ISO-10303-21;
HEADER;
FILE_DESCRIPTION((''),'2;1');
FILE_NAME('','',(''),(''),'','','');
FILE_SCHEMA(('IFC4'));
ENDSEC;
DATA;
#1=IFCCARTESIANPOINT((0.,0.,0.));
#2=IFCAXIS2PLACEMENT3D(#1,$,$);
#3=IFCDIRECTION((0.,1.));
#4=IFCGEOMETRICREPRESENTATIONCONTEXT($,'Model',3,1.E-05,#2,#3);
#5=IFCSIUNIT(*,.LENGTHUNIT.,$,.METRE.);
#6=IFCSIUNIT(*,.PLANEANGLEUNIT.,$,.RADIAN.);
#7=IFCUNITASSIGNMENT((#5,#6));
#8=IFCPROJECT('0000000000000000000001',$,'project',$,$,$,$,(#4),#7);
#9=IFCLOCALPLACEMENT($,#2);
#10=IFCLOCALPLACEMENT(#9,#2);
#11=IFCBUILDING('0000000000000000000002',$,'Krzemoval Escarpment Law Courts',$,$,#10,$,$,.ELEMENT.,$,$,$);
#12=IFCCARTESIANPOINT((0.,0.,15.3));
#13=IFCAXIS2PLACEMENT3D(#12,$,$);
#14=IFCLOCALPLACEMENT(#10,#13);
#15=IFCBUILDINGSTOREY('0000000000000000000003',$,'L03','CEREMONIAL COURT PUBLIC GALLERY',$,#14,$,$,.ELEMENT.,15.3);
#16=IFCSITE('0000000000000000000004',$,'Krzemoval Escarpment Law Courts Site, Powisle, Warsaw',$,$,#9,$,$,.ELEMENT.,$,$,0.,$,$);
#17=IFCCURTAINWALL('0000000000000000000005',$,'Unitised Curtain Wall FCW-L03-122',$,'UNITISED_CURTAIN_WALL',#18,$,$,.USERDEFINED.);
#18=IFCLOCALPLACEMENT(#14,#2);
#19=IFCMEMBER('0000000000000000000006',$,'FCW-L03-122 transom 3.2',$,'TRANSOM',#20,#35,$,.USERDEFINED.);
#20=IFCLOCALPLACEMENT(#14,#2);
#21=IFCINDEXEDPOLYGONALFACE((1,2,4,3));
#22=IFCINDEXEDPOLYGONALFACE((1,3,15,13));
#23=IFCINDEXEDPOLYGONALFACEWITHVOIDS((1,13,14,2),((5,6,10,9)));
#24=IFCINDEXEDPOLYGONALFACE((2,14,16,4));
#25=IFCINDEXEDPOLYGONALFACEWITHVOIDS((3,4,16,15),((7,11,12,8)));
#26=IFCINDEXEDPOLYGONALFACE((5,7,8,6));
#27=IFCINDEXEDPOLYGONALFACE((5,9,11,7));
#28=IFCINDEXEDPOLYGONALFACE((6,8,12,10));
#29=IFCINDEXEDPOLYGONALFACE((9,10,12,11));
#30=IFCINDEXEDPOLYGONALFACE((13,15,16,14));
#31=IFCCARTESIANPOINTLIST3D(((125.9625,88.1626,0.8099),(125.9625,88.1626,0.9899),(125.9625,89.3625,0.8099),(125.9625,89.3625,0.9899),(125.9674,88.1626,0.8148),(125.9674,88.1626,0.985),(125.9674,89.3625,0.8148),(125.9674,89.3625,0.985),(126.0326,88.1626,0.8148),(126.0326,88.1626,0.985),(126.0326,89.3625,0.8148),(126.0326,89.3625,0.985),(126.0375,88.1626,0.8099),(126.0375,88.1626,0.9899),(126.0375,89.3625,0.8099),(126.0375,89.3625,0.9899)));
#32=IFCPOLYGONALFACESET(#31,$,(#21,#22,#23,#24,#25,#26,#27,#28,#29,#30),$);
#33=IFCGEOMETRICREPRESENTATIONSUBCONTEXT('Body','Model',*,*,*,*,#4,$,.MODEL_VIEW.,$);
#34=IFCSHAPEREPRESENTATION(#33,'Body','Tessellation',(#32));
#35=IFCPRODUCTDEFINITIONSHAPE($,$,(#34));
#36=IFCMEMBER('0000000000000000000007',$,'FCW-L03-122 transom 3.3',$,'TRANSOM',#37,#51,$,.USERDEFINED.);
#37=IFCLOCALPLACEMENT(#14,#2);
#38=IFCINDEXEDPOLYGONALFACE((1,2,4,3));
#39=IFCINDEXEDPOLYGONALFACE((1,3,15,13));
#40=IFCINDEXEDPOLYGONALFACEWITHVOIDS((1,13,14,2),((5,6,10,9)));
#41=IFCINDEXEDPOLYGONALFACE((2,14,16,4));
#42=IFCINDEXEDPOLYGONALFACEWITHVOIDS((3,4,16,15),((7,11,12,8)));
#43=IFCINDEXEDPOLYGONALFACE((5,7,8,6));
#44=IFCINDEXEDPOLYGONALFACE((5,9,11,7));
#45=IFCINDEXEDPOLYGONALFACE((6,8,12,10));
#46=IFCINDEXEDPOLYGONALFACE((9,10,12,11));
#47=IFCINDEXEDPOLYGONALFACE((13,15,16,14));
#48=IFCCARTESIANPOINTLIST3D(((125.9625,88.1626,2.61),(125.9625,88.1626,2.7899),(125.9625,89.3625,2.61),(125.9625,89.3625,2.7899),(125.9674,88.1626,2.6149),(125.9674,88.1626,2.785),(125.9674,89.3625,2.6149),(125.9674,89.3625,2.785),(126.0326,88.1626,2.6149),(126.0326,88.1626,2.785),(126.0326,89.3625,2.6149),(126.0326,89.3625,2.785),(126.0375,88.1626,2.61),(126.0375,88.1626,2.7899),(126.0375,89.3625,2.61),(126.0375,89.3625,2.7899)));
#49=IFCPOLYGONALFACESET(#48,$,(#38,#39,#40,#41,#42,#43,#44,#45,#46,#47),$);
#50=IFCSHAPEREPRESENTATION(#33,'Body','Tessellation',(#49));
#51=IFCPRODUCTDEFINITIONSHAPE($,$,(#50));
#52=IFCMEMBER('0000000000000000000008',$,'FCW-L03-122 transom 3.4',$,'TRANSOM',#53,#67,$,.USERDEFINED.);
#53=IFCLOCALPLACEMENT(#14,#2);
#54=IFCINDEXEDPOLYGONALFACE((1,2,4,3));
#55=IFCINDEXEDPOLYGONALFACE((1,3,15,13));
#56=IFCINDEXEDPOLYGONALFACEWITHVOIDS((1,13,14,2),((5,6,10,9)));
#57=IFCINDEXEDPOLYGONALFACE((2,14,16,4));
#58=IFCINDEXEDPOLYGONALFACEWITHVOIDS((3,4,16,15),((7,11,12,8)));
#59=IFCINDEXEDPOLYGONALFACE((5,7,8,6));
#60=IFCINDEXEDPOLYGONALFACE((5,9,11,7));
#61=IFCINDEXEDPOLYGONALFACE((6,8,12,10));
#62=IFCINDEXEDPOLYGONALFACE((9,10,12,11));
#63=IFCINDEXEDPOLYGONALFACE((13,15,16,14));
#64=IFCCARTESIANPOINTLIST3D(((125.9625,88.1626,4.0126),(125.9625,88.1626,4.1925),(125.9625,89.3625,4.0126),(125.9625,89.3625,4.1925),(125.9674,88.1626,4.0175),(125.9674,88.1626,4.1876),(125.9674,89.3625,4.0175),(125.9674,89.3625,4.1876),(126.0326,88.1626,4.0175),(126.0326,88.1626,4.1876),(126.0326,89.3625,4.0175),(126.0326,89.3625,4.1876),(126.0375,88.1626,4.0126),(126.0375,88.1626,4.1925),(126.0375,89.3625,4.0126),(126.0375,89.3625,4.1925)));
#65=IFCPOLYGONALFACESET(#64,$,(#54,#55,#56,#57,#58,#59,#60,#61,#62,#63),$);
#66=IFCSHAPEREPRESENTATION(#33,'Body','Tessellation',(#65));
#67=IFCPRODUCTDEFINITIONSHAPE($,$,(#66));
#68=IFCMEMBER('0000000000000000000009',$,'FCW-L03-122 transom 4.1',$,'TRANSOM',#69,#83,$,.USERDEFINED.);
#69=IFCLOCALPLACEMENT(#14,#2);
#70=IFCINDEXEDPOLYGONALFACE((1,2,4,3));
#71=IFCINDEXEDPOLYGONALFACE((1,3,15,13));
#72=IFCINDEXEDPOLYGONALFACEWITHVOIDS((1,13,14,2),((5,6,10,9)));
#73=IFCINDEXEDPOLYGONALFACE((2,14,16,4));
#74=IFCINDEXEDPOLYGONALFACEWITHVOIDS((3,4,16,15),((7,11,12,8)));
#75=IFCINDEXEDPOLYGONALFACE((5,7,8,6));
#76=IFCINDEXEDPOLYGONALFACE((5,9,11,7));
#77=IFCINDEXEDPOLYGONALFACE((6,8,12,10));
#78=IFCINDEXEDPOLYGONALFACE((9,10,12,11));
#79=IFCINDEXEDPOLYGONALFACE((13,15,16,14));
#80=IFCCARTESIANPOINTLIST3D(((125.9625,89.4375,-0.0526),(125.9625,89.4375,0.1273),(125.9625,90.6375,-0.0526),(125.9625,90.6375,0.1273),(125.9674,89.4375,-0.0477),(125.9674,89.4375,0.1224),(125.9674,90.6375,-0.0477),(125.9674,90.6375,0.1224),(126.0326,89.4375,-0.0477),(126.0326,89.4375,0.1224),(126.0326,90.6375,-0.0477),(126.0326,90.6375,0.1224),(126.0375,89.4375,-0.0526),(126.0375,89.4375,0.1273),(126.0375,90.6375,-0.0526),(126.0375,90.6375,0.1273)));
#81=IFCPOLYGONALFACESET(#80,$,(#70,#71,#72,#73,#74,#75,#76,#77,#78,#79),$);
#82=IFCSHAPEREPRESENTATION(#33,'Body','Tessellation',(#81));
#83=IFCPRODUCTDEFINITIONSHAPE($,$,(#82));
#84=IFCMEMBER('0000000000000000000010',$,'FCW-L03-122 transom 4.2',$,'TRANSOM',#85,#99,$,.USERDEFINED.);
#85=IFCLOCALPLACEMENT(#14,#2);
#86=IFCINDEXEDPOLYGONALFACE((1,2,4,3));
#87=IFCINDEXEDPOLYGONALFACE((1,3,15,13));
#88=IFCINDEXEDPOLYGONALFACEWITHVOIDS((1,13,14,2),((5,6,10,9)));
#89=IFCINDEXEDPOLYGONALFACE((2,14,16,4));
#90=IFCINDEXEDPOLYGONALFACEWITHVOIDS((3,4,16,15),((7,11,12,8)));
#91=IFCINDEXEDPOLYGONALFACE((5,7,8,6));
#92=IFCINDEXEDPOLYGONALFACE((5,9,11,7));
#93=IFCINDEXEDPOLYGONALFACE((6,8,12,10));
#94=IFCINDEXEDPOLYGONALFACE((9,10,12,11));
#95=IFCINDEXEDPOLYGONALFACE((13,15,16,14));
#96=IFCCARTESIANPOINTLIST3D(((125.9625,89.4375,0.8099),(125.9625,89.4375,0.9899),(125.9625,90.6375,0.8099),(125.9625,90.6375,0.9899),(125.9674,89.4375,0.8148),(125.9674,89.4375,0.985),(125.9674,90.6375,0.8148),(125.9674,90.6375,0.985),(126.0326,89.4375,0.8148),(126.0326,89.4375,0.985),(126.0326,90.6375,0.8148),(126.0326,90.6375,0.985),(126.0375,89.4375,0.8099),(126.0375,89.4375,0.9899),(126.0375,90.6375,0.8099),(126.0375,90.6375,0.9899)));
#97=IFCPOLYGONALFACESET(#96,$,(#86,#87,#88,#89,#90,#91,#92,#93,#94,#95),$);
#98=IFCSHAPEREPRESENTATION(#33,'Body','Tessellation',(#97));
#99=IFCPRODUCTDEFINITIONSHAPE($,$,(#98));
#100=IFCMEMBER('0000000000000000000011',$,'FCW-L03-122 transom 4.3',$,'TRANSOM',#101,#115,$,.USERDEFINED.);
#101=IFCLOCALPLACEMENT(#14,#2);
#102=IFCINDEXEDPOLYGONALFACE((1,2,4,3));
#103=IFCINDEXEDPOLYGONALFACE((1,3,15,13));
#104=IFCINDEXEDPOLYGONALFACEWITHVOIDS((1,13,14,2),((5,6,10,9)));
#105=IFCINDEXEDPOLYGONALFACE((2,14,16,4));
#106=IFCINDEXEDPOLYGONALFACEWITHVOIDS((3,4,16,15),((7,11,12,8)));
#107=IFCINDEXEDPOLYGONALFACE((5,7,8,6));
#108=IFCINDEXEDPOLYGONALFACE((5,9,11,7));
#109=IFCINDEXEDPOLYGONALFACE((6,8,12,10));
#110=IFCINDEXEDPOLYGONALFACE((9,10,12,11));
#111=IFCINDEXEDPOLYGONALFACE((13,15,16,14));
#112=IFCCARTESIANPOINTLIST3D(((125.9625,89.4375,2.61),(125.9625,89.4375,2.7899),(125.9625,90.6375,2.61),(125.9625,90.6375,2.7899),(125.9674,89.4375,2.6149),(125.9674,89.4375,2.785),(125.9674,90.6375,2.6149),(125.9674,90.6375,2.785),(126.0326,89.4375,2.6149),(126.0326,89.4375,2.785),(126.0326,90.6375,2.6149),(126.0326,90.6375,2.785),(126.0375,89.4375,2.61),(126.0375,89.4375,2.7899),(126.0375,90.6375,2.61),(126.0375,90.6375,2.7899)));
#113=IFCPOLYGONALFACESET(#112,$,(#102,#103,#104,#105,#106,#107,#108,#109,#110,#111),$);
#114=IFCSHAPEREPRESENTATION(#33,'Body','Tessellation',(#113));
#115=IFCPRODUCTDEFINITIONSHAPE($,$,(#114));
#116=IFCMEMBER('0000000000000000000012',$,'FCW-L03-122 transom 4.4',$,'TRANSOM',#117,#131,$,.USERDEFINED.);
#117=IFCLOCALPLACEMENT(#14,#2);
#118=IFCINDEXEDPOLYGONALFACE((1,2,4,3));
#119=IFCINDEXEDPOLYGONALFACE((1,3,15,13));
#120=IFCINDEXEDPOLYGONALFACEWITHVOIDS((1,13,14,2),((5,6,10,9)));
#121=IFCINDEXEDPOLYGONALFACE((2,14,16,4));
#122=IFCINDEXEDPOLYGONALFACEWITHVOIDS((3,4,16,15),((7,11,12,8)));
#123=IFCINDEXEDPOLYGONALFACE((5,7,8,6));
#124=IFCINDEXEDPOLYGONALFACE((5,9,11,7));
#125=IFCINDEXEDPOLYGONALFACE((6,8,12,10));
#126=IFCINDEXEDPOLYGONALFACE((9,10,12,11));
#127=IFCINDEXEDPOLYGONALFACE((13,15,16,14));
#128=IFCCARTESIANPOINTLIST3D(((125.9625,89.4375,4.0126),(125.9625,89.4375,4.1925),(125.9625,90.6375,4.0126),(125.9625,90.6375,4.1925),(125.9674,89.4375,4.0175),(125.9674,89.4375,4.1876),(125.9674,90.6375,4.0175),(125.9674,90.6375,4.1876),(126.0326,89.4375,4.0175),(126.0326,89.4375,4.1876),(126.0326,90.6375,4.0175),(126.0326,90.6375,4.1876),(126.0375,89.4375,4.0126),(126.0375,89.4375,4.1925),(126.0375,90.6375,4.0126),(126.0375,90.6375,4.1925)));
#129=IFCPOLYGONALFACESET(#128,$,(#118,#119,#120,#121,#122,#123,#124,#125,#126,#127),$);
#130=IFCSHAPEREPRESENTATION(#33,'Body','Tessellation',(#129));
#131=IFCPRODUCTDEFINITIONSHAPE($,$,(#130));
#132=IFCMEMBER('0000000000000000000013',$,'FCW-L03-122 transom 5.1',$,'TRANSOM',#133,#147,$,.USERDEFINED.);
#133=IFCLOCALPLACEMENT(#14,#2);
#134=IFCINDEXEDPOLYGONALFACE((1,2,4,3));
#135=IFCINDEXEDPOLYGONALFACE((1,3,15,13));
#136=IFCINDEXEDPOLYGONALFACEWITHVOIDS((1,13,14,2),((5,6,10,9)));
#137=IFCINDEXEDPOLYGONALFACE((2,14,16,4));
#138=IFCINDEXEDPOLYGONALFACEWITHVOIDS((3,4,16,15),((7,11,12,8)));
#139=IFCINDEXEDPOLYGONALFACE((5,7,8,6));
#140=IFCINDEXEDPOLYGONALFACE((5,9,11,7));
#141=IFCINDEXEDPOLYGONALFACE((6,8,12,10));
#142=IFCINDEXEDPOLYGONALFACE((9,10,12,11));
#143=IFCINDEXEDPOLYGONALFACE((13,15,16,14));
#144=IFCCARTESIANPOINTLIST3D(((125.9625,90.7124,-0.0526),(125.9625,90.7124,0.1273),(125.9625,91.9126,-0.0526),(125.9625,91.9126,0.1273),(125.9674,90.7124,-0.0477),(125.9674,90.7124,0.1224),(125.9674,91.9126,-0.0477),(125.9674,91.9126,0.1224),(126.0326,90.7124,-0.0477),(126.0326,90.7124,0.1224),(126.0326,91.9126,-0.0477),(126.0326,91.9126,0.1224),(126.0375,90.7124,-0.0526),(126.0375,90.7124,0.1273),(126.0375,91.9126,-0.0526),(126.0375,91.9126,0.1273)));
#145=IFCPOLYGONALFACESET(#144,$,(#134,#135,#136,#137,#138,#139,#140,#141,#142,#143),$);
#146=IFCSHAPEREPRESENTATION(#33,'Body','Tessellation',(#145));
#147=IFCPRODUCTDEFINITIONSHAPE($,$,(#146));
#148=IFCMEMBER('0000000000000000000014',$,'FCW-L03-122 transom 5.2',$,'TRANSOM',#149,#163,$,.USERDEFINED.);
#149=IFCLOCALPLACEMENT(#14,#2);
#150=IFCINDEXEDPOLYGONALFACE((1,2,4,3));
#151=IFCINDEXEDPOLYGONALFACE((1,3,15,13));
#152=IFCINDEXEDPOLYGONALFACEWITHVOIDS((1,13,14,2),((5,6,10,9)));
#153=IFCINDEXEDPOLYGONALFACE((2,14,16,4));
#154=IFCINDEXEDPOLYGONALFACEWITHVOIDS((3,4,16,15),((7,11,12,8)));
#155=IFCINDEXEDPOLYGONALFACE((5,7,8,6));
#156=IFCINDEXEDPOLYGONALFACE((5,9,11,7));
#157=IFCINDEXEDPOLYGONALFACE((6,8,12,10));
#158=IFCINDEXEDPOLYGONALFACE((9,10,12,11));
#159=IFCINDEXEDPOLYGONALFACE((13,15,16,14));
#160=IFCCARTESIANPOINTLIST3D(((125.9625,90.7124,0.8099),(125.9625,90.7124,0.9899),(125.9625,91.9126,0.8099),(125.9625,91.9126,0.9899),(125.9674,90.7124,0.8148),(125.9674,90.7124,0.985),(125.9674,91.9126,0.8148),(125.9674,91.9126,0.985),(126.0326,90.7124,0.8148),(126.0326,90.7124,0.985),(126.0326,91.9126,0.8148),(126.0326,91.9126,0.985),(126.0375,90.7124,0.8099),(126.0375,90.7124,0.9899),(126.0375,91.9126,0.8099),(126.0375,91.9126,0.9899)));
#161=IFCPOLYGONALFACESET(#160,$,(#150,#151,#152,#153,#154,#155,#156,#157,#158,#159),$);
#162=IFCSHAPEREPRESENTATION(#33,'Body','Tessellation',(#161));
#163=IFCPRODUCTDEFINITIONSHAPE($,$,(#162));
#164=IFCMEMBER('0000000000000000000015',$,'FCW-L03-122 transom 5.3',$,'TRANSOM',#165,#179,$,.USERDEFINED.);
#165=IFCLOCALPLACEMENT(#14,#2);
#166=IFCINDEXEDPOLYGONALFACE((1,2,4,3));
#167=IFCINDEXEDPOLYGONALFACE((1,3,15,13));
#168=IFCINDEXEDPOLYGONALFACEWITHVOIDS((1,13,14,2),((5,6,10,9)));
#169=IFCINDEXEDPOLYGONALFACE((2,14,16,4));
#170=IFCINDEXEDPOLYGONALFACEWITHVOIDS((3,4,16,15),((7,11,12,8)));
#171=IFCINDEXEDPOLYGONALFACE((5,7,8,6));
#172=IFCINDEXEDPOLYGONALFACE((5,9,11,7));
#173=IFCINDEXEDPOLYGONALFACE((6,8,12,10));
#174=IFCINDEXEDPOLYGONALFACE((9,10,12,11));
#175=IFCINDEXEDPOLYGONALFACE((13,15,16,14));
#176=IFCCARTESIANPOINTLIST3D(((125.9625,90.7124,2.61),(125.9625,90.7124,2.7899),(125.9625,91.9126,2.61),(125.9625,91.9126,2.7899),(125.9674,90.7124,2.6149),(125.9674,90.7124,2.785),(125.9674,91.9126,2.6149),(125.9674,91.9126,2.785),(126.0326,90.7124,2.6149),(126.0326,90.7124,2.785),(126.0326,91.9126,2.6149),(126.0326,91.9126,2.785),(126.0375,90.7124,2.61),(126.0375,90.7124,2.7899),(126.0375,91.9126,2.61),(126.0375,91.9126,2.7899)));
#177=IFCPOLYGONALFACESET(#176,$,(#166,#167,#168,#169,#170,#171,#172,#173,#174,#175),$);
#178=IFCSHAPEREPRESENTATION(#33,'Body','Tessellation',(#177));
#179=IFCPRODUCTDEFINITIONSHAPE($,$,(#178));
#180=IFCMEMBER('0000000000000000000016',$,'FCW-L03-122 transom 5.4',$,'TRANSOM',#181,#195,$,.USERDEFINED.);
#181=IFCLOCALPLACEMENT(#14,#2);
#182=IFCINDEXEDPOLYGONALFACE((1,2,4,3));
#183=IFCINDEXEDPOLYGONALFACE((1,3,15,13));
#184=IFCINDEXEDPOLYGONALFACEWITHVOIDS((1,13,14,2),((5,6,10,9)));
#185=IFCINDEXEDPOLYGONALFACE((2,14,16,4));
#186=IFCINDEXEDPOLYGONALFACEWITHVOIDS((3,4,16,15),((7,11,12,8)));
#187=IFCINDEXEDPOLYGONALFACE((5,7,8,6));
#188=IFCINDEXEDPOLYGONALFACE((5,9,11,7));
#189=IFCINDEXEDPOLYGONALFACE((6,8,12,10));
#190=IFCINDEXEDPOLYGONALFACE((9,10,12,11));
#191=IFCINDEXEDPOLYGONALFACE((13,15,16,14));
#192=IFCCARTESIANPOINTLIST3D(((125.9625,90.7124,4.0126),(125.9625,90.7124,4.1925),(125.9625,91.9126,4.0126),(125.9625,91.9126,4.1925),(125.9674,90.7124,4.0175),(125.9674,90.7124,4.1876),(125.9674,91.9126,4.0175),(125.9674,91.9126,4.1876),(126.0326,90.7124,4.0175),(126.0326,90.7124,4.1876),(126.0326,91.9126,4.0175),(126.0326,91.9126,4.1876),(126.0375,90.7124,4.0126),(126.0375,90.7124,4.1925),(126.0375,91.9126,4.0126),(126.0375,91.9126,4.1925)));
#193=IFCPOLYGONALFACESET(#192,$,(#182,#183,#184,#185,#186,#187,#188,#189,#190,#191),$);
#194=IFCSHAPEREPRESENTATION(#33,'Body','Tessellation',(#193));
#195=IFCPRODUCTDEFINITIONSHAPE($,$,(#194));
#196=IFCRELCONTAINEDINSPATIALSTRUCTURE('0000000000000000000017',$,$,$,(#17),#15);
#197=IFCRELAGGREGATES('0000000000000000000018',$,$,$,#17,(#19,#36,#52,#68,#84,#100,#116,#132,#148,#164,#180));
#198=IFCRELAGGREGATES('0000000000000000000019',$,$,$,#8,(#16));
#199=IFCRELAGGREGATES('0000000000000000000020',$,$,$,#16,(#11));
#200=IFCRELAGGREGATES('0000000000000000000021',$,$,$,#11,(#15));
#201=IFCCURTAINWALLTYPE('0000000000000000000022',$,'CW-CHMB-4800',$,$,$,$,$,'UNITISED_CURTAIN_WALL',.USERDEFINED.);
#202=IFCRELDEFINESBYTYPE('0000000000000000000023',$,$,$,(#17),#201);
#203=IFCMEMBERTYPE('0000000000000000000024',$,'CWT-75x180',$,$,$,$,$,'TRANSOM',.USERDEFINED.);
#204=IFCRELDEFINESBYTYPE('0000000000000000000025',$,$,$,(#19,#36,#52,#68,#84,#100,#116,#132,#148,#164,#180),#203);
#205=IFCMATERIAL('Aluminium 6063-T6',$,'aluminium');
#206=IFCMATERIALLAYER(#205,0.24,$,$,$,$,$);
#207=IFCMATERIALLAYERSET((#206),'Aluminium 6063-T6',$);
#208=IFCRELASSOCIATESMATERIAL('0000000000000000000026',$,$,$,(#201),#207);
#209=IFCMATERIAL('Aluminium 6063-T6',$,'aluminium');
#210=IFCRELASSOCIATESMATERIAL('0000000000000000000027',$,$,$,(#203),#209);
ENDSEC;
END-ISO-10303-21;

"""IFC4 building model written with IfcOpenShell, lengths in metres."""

from ifc_helpers import new_model, si_unit, direction, frame, origin, origin_2d, place, context, subcontext, project, spatial, hollow_rectangle, extrude, material, layer, layer_set, material_profile, profile_set, type_object, element, aggregate, save


model = new_model("IFC4")

# Units and contexts
model_context = context("Model", 3, precision=1e-05, world=origin(), true_north=direction((0.0, 1.0)))
body_context = subcontext(model_context, "Body", "Model", "MODEL_VIEW")
ifc_project = project(units=[si_unit("LENGTHUNIT", "METRE"), si_unit("PLANEANGLEUNIT", "RADIAN")], contexts=[model_context])

# Site, building, storey
site_placement = place(None, origin())
site = spatial("IfcSite", under=ifc_project, at=site_placement, Name="Krzemoval Escarpment Law Courts Site, Powisle, Warsaw", CompositionType="ELEMENT", RefElevation=0.0)
building_placement = place(site_placement, origin())
building = spatial("IfcBuilding", under=site, at=building_placement, Name="Krzemoval Escarpment Law Courts", CompositionType="ELEMENT")
storey_placement = place(building_placement, frame((0.0, 0.0, 15.3)))
storey = spatial("IfcBuildingStorey", under=building, at=storey_placement, Name="L03", Description="CEREMONIAL COURT PUBLIC GALLERY", CompositionType="ELEMENT", Elevation=15.3)

# Curtain wall, members
ifc_material_1 = material(Name="Aluminium 6063-T6", Category="aluminium")
ifc_layer_1 = layer(ifc_material_1, 0.24)
ifc_layer_set_1 = layer_set([ifc_layer_1], Name="Aluminium 6063-T6")
curtain_wall_type = type_object("IfcCurtainWallType", Name="CW-CHMB-4800", ElementType="UNITISED_CURTAIN_WALL", PredefinedType="USERDEFINED", material=ifc_layer_set_1)
curtain_wall_placement = place(storey_placement, origin())
curtain_wall = element("IfcCurtainWall", 1, at=curtain_wall_placement, inside=storey, type_object=curtain_wall_type, Name="Unitised Curtain Wall FCW-L03-122", ObjectType="UNITISED_CURTAIN_WALL", PredefinedType="USERDEFINED")
ifc_material_2 = material(Name="Aluminium 6063-T6", Category="aluminium")
ifc_material_profile_1 = material_profile(ifc_material_2, hollow_rectangle(XDim=0.075, YDim=0.1799, WallThickness=0.0049, at=origin_2d()), Name="ALU T75x180")
ifc_profile_set_1 = profile_set([ifc_material_profile_1], Name="Aluminium 6063-T6")
member_type_1 = type_object("IfcMemberType", Name="CWT-75x180", ElementType="TRANSOM", PredefinedType="USERDEFINED", material=ifc_profile_set_1)
member_1_placement = place(storey_placement, frame((126.0, 88.1626, 0.8999), z_axis=(0.0, 1.0, 0.0), x_axis=(-1.0, 0.0, 0.0)))
member_1 = element("IfcMember", 2, at=member_1_placement, type_object=member_type_1, Name="FCW-L03-122 transom 3.2", ObjectType="TRANSOM", PredefinedType="USERDEFINED", context=body_context, shape_type="SweptSolid", body=[
    extrude(hollow_rectangle(XDim=0.075, YDim=0.1799, WallThickness=0.0049, at=origin_2d()), origin(), (0.0, 0.0, 1.0), 1.2),
])
member_2_placement = place(storey_placement, frame((126.0, 88.1626, 2.7), z_axis=(0.0, 1.0, 0.0), x_axis=(-1.0, 0.0, 0.0)))
member_2 = element("IfcMember", 3, at=member_2_placement, type_object=member_type_1, Name="FCW-L03-122 transom 3.3", ObjectType="TRANSOM", PredefinedType="USERDEFINED", context=body_context, shape_type="SweptSolid", body=[
    extrude(hollow_rectangle(XDim=0.075, YDim=0.1799, WallThickness=0.0049, at=origin_2d()), origin(), (0.0, 0.0, 1.0), 1.2),
])
member_3_placement = place(storey_placement, frame((126.0, 88.1626, 4.1025), z_axis=(0.0, 1.0, 0.0), x_axis=(-1.0, 0.0, 0.0)))
member_3 = element("IfcMember", 4, at=member_3_placement, type_object=member_type_1, Name="FCW-L03-122 transom 3.4", ObjectType="TRANSOM", PredefinedType="USERDEFINED", context=body_context, shape_type="SweptSolid", body=[
    extrude(hollow_rectangle(XDim=0.075, YDim=0.1799, WallThickness=0.0049, at=origin_2d()), origin(), (0.0, 0.0, 1.0), 1.2),
])
member_4_placement = place(storey_placement, frame((126.0, 89.4375, 0.0374), z_axis=(0.0, 1.0, 0.0), x_axis=(-1.0, 0.0, 0.0)))
member_4 = element("IfcMember", 5, at=member_4_placement, type_object=member_type_1, Name="FCW-L03-122 transom 4.1", ObjectType="TRANSOM", PredefinedType="USERDEFINED", context=body_context, shape_type="SweptSolid", body=[
    extrude(hollow_rectangle(XDim=0.075, YDim=0.1799, WallThickness=0.0049, at=origin_2d()), origin(), (0.0, 0.0, 1.0), 1.2),
])
member_5_placement = place(storey_placement, frame((126.0, 89.4375, 0.8999), z_axis=(0.0, 1.0, 0.0), x_axis=(-1.0, 0.0, 0.0)))
member_5 = element("IfcMember", 6, at=member_5_placement, type_object=member_type_1, Name="FCW-L03-122 transom 4.2", ObjectType="TRANSOM", PredefinedType="USERDEFINED", context=body_context, shape_type="SweptSolid", body=[
    extrude(hollow_rectangle(XDim=0.075, YDim=0.1799, WallThickness=0.0049, at=origin_2d()), origin(), (0.0, 0.0, 1.0), 1.2),
])
member_6_placement = place(storey_placement, frame((126.0, 89.4375, 2.7), z_axis=(0.0, 1.0, 0.0), x_axis=(-1.0, 0.0, 0.0)))
member_6 = element("IfcMember", 7, at=member_6_placement, type_object=member_type_1, Name="FCW-L03-122 transom 4.3", ObjectType="TRANSOM", PredefinedType="USERDEFINED", context=body_context, shape_type="SweptSolid", body=[
    extrude(hollow_rectangle(XDim=0.075, YDim=0.1799, WallThickness=0.0049, at=origin_2d()), origin(), (0.0, 0.0, 1.0), 1.2),
])
member_7_placement = place(storey_placement, frame((126.0, 89.4375, 4.1025), z_axis=(0.0, 1.0, 0.0), x_axis=(-1.0, 0.0, 0.0)))
member_7 = element("IfcMember", 8, at=member_7_placement, type_object=member_type_1, Name="FCW-L03-122 transom 4.4", ObjectType="TRANSOM", PredefinedType="USERDEFINED", context=body_context, shape_type="SweptSolid", body=[
    extrude(hollow_rectangle(XDim=0.075, YDim=0.1799, WallThickness=0.0049, at=origin_2d()), origin(), (0.0, 0.0, 1.0), 1.2),
])
member_8_placement = place(storey_placement, frame((126.0, 90.7124, 0.0374), z_axis=(0.0, 1.0, 0.0), x_axis=(-1.0, 0.0, 0.0)))
member_8 = element("IfcMember", 9, at=member_8_placement, type_object=member_type_1, Name="FCW-L03-122 transom 5.1", ObjectType="TRANSOM", PredefinedType="USERDEFINED", context=body_context, shape_type="SweptSolid", body=[
    extrude(hollow_rectangle(XDim=0.075, YDim=0.1799, WallThickness=0.0049, at=origin_2d()), origin(), (0.0, 0.0, 1.0), 1.2002),
])
member_9_placement = place(storey_placement, frame((126.0, 90.7124, 0.8999), z_axis=(0.0, 1.0, 0.0), x_axis=(-1.0, 0.0, 0.0)))
member_9 = element("IfcMember", 10, at=member_9_placement, type_object=member_type_1, Name="FCW-L03-122 transom 5.2", ObjectType="TRANSOM", PredefinedType="USERDEFINED", context=body_context, shape_type="SweptSolid", body=[
    extrude(hollow_rectangle(XDim=0.075, YDim=0.1799, WallThickness=0.0049, at=origin_2d()), origin(), (0.0, 0.0, 1.0), 1.2002),
])
member_10_placement = place(storey_placement, frame((126.0, 90.7124, 2.7), z_axis=(0.0, 1.0, 0.0), x_axis=(-1.0, 0.0, 0.0)))
member_10 = element("IfcMember", 11, at=member_10_placement, type_object=member_type_1, Name="FCW-L03-122 transom 5.3", ObjectType="TRANSOM", PredefinedType="USERDEFINED", context=body_context, shape_type="SweptSolid", body=[
    extrude(hollow_rectangle(XDim=0.075, YDim=0.1799, WallThickness=0.0049, at=origin_2d()), origin(), (0.0, 0.0, 1.0), 1.2002),
])
member_11_placement = place(storey_placement, frame((126.0, 90.7124, 4.1025), z_axis=(0.0, 1.0, 0.0), x_axis=(-1.0, 0.0, 0.0)))
member_11 = element("IfcMember", 12, at=member_11_placement, type_object=member_type_1, Name="FCW-L03-122 transom 5.4", ObjectType="TRANSOM", PredefinedType="USERDEFINED", context=body_context, shape_type="SweptSolid", body=[
    extrude(hollow_rectangle(XDim=0.075, YDim=0.1799, WallThickness=0.0049, at=origin_2d()), origin(), (0.0, 0.0, 1.0), 1.2002),
])

aggregate(curtain_wall, [member_1, member_2, member_3, member_4, member_5, member_6, member_7, member_8, member_9, member_10, member_11])

save(model, "model.ifc")
